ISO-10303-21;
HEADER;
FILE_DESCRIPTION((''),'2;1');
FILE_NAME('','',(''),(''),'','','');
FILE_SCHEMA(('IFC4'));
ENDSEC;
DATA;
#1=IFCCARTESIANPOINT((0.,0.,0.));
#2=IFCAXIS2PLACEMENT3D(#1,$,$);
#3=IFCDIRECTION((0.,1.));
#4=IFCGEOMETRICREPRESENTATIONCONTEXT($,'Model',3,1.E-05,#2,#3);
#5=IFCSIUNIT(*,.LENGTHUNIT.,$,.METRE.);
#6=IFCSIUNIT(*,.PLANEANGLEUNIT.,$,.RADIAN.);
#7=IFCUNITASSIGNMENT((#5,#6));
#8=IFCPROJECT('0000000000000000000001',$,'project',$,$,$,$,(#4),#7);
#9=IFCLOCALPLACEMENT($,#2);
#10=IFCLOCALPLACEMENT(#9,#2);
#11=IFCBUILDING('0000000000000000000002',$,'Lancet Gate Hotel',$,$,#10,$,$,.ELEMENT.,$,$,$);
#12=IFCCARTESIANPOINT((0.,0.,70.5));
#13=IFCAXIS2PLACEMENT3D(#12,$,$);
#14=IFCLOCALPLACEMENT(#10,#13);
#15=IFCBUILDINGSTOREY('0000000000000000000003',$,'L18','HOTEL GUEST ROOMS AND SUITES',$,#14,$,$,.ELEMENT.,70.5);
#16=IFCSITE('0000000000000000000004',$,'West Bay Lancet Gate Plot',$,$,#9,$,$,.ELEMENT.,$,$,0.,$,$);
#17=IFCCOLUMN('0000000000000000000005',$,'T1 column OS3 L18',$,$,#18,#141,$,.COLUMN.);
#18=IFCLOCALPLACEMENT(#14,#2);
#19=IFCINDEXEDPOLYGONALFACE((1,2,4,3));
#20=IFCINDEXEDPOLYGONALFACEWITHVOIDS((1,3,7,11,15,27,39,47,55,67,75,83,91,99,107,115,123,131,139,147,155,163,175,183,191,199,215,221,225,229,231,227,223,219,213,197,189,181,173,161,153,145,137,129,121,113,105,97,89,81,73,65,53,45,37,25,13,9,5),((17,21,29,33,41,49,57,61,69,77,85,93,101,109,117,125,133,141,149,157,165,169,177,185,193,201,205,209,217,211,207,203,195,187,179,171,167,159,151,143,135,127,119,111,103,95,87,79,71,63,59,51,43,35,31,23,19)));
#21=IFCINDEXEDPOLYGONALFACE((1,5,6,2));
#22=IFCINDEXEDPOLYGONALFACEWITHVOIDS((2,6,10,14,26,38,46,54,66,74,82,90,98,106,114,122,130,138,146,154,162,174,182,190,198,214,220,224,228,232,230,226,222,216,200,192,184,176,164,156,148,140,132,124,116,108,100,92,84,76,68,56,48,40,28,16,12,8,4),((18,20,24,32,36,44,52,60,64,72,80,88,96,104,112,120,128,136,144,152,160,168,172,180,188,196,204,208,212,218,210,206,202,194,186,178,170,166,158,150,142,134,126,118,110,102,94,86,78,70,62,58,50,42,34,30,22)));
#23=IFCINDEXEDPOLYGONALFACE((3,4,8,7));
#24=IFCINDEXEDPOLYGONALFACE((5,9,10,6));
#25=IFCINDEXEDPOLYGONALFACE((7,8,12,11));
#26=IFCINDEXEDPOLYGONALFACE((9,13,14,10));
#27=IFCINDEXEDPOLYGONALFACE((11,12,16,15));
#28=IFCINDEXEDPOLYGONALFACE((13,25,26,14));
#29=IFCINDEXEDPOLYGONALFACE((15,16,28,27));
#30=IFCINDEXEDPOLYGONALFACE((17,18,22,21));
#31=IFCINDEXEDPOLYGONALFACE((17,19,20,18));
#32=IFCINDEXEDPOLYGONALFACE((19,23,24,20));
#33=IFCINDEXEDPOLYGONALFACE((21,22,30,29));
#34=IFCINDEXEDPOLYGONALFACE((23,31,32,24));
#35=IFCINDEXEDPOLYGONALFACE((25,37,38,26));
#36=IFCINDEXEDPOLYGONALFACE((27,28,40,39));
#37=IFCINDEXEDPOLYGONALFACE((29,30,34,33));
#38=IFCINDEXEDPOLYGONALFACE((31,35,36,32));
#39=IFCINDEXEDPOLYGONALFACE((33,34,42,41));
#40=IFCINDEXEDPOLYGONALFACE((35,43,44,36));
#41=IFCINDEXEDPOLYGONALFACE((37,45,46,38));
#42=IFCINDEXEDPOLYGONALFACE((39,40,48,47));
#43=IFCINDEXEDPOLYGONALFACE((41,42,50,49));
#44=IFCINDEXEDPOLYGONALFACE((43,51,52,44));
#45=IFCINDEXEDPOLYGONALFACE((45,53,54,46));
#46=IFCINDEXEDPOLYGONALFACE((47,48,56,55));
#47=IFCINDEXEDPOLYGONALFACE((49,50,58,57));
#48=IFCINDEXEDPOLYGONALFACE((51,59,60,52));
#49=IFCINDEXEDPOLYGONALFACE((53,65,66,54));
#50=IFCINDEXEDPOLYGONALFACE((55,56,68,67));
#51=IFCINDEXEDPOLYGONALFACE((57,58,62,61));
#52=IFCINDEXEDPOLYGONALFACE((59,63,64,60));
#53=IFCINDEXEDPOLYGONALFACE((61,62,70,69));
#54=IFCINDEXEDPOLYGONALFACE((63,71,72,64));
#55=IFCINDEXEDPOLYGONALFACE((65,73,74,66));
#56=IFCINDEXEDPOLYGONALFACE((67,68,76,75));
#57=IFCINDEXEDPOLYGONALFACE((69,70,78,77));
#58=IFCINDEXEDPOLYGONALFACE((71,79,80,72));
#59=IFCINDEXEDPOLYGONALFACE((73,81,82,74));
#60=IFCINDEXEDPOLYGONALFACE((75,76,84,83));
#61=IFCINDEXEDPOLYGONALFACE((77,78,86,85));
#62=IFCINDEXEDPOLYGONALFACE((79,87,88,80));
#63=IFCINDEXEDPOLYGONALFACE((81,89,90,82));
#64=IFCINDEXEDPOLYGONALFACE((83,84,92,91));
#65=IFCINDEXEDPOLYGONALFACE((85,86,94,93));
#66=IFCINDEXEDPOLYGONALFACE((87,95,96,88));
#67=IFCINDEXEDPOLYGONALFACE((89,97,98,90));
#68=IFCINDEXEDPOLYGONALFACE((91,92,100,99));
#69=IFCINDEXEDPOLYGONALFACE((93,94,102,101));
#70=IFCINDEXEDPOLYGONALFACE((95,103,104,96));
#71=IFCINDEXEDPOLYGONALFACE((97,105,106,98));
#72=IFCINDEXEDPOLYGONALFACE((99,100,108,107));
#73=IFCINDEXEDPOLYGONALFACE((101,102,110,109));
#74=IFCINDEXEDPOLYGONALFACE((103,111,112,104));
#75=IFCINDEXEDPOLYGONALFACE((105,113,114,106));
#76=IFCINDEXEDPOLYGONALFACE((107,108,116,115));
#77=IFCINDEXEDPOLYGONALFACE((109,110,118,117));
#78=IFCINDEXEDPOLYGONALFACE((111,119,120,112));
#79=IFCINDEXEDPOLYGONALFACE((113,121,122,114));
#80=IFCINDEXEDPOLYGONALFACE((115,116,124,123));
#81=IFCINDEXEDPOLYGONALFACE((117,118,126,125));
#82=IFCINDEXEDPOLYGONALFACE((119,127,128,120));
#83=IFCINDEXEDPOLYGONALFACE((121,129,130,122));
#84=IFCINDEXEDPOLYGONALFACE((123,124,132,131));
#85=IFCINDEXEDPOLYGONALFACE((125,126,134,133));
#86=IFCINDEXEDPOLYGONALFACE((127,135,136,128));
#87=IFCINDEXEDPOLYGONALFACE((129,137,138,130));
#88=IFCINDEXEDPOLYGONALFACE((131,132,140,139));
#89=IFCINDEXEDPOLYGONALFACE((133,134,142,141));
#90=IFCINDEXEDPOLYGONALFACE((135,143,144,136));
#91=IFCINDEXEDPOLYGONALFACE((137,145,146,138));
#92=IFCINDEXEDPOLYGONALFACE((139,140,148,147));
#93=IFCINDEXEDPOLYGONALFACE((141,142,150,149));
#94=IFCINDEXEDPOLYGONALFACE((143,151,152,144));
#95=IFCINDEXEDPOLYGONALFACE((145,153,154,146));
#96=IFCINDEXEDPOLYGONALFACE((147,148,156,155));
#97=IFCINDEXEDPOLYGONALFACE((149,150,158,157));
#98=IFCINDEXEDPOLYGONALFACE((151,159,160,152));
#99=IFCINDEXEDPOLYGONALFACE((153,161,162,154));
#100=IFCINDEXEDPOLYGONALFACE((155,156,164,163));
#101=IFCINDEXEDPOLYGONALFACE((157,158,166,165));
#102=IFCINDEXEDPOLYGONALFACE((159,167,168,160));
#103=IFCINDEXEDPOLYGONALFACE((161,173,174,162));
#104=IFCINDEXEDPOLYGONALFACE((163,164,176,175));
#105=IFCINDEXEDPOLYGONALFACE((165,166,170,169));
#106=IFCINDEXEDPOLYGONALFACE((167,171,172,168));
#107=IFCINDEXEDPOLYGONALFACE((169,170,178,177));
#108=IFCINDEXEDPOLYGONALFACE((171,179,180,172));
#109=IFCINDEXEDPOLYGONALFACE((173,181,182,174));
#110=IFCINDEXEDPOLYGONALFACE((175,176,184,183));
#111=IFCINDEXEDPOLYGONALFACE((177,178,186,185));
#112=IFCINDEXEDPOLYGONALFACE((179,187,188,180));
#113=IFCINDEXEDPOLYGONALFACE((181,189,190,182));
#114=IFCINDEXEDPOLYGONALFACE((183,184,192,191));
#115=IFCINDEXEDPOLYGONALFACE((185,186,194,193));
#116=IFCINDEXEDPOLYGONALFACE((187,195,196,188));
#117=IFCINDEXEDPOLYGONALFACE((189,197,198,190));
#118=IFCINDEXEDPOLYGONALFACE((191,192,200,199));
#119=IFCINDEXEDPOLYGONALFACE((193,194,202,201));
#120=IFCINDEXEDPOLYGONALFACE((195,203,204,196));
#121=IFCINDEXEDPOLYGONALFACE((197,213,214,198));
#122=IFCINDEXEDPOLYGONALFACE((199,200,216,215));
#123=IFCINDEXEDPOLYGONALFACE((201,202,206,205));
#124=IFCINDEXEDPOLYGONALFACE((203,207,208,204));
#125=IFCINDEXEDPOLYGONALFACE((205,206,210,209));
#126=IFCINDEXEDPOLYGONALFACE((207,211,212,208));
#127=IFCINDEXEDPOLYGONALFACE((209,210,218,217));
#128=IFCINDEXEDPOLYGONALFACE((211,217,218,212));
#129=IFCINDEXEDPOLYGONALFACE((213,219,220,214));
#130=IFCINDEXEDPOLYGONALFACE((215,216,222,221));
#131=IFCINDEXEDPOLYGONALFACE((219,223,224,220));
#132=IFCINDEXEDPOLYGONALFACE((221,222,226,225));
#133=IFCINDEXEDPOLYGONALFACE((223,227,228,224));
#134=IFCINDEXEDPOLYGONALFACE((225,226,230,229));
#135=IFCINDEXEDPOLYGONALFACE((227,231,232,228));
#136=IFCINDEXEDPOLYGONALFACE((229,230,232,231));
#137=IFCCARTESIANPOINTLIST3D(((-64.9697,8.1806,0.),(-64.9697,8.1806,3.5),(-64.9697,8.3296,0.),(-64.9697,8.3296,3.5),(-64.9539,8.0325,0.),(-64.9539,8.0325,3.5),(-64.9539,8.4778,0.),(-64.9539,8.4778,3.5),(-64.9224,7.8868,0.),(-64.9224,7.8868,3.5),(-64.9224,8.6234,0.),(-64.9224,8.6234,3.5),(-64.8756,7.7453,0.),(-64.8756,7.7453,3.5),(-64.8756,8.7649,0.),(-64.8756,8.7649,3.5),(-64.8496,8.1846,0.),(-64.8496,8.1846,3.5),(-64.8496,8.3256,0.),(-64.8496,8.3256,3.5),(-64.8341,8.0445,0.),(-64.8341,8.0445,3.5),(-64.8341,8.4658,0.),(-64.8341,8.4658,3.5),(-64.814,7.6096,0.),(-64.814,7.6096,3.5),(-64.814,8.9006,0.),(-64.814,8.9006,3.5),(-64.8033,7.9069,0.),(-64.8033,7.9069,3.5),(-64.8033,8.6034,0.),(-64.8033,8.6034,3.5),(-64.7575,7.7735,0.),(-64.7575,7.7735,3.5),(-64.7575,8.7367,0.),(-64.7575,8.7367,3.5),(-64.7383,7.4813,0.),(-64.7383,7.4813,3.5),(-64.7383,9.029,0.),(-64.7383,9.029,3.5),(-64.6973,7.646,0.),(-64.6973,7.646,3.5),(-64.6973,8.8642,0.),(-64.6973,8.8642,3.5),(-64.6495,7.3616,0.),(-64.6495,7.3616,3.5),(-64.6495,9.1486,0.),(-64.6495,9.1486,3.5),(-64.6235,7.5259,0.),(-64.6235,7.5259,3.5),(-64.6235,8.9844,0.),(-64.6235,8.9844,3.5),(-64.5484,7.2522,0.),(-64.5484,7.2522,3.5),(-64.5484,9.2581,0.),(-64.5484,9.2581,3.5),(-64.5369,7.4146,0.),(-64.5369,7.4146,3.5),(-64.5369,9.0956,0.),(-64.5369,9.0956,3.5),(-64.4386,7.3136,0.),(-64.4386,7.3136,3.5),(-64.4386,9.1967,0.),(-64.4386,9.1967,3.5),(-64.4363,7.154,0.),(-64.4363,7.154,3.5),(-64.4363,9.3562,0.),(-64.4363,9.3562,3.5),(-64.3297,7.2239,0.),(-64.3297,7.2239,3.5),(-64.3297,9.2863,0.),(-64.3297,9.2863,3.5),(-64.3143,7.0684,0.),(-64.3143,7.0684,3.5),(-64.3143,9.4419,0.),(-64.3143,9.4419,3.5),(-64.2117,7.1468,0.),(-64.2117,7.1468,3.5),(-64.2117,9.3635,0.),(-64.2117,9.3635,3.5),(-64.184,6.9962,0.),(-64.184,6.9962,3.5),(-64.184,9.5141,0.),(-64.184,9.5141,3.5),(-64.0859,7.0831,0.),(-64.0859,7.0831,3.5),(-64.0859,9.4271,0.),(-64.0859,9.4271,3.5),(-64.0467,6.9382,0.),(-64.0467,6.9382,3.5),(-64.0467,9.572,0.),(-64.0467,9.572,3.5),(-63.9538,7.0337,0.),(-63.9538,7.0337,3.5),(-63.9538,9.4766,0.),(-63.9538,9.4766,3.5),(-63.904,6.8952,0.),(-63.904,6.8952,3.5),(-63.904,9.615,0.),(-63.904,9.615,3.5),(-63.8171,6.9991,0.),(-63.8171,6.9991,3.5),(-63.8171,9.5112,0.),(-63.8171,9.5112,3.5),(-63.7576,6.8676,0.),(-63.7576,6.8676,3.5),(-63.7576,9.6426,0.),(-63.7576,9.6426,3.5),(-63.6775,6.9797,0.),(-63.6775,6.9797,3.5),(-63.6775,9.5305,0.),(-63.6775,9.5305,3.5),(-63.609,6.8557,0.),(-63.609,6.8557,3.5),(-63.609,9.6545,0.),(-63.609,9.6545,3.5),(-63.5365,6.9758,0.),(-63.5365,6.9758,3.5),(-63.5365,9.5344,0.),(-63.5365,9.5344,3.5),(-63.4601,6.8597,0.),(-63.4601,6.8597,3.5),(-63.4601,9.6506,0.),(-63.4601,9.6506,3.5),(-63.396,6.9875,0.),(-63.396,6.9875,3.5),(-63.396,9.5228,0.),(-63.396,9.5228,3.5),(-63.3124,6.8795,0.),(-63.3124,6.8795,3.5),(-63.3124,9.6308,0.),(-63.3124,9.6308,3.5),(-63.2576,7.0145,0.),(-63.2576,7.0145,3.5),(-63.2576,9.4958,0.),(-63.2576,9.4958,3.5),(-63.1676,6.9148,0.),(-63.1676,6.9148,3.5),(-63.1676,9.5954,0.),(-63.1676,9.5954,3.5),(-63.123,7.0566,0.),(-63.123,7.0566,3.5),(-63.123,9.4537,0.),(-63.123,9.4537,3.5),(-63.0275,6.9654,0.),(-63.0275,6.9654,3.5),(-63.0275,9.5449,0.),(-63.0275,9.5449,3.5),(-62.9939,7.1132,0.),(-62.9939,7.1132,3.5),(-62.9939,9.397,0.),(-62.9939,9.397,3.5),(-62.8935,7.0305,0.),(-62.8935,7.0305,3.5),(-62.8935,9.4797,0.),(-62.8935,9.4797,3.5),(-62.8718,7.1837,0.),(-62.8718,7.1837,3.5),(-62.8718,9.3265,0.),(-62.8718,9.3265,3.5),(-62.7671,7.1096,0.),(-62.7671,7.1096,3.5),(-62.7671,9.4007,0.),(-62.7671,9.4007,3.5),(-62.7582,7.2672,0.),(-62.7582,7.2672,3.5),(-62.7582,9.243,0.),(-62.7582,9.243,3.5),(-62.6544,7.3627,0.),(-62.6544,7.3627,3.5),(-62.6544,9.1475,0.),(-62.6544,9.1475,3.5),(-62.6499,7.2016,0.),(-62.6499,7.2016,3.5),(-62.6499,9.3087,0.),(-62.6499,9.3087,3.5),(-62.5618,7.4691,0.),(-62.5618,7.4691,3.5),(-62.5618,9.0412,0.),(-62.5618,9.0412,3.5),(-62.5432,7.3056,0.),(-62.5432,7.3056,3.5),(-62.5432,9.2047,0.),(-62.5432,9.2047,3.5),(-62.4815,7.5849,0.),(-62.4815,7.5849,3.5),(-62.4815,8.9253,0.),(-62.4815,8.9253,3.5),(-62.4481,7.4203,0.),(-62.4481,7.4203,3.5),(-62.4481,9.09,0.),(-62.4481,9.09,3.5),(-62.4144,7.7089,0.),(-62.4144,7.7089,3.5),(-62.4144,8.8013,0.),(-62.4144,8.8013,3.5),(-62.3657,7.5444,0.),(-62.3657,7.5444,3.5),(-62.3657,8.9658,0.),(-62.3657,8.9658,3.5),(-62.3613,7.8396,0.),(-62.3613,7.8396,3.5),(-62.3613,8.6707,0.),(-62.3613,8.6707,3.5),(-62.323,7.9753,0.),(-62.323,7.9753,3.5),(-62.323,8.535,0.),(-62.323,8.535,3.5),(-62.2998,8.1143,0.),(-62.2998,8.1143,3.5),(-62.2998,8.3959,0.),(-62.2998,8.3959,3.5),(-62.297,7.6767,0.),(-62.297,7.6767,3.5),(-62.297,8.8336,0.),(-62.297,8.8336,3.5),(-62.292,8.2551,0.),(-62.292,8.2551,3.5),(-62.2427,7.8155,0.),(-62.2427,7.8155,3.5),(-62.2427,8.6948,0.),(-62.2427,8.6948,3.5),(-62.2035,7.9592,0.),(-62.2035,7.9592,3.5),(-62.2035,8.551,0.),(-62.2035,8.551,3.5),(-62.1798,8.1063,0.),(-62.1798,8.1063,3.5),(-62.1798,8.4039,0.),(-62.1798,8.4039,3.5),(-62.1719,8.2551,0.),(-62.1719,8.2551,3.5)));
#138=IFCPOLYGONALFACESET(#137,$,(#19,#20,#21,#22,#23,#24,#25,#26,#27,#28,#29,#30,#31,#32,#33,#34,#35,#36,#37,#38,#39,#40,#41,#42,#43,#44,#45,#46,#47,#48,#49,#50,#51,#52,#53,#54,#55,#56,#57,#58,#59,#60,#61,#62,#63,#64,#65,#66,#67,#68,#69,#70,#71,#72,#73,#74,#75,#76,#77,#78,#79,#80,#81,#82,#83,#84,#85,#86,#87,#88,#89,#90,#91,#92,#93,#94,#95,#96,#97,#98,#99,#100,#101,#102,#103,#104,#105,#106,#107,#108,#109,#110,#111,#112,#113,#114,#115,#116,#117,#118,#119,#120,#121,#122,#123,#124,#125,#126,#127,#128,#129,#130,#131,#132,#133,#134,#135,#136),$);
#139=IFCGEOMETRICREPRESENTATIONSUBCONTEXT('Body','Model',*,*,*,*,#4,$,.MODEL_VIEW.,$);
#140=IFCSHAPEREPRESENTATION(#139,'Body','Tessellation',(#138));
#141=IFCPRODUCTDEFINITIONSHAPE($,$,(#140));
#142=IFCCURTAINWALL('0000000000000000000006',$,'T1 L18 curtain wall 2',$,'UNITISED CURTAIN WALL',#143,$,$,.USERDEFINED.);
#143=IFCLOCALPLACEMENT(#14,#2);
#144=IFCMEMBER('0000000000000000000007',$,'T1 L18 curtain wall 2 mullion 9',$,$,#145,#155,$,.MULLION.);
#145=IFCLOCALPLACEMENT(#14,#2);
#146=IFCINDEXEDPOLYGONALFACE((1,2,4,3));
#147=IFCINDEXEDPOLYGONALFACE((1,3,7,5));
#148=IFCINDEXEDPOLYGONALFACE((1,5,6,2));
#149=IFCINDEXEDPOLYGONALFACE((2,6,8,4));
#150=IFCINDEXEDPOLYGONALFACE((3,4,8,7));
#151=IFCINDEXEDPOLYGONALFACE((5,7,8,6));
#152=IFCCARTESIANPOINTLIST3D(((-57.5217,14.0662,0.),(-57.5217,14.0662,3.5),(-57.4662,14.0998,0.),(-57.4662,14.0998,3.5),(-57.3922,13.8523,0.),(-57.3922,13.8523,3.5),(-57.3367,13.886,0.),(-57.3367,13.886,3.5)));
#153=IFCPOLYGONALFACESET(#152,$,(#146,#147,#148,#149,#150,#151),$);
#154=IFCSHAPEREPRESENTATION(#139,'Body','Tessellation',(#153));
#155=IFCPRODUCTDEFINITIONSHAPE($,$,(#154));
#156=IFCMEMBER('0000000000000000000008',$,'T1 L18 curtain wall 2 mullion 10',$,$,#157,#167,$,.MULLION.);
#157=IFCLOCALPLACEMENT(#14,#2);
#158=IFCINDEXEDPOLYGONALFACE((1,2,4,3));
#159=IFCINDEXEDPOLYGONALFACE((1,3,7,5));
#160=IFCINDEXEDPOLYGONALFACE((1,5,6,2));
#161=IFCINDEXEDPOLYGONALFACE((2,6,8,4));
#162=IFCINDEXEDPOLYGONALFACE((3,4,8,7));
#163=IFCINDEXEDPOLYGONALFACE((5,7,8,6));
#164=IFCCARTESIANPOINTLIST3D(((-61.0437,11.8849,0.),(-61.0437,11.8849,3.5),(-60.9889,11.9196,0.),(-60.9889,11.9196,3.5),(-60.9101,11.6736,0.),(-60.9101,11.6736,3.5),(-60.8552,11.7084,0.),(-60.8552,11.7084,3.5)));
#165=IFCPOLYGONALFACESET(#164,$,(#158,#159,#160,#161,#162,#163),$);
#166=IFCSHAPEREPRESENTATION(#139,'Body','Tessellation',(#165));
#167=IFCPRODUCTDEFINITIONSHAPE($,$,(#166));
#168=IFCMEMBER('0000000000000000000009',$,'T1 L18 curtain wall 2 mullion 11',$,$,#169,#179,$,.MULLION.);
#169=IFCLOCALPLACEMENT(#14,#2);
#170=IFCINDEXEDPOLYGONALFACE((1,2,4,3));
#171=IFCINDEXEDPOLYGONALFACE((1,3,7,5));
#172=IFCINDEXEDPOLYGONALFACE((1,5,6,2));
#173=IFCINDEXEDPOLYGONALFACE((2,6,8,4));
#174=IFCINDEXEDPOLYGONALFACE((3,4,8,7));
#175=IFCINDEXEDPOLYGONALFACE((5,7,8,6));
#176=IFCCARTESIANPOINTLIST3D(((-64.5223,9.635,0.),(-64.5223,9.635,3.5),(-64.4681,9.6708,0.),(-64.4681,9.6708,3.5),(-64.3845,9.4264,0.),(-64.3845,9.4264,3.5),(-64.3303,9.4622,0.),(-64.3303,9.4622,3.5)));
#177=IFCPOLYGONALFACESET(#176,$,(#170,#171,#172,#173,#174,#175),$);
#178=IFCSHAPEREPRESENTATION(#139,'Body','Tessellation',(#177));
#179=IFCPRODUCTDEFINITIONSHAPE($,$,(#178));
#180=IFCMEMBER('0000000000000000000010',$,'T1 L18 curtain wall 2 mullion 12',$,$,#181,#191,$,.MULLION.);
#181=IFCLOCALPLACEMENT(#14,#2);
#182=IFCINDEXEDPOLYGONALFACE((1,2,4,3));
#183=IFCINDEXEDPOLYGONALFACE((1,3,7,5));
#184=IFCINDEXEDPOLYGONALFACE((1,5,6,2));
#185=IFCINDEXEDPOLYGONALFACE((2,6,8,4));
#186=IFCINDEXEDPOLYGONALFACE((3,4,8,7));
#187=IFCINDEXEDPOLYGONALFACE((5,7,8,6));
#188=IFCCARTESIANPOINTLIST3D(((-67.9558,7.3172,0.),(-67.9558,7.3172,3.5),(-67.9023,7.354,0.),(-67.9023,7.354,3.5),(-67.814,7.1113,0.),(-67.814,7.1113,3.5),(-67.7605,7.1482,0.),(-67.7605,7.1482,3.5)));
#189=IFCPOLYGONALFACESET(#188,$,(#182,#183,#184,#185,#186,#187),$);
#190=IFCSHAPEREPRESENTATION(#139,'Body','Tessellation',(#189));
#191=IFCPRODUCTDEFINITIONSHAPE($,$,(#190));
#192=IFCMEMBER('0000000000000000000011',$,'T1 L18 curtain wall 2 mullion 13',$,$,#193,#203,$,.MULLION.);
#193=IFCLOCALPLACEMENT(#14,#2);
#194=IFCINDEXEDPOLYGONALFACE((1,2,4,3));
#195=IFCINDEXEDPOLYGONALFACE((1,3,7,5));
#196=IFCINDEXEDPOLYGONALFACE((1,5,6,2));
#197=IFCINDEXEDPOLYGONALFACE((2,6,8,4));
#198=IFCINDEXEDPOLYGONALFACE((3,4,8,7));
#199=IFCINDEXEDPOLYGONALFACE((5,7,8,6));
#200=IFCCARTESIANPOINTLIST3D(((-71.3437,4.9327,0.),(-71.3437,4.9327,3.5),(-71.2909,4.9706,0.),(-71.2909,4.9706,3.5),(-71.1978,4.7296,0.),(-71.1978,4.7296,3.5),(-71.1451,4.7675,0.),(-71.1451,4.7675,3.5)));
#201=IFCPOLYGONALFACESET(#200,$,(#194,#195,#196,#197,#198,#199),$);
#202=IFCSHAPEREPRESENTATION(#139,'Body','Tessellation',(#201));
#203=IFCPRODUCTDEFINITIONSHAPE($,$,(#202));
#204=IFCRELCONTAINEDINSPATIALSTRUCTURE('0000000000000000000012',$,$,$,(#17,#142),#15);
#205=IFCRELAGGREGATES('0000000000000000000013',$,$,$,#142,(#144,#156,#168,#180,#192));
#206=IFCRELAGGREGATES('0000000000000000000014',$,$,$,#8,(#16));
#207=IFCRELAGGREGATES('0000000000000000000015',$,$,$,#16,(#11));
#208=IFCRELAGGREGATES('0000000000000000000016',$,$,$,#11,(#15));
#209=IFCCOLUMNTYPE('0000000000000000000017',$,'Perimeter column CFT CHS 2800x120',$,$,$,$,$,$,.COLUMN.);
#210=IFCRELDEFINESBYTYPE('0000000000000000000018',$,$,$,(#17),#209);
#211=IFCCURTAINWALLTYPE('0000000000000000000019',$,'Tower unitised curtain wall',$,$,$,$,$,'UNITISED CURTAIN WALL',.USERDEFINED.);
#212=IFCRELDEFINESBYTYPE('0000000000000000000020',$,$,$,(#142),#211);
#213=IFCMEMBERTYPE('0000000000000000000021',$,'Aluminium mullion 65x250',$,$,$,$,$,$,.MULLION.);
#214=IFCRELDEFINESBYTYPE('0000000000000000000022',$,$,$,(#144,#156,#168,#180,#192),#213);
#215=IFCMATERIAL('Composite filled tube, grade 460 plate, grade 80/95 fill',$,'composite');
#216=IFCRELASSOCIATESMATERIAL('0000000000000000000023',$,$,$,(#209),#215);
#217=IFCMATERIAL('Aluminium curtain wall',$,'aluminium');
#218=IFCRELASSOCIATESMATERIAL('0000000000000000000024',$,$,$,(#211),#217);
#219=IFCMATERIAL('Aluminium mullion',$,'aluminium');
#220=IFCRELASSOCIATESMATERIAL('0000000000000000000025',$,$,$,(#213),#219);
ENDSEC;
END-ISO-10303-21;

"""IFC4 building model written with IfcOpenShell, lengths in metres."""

from ifc_helpers import new_model, si_unit, direction, frame, origin, origin_2d, place, context, subcontext, project, spatial, rectangle, hollow_circle, extrude, material, material_profile, profile_set, type_object, element, aggregate, save


model = new_model("IFC4")

# Units and contexts
model_context = context("Model", 3, precision=1e-05, world=origin(), true_north=direction((0.0, 1.0)))
body_context = subcontext(model_context, "Body", "Model", "MODEL_VIEW")
ifc_project = project(units=[si_unit("LENGTHUNIT", "METRE"), si_unit("PLANEANGLEUNIT", "RADIAN")], contexts=[model_context])

# Site, building, storey
site_placement = place(None, origin())
site = spatial("IfcSite", under=ifc_project, at=site_placement, Name="West Bay Lancet Gate Plot", CompositionType="ELEMENT", RefElevation=0.0)
building_placement = place(site_placement, origin())
building = spatial("IfcBuilding", under=site, at=building_placement, Name="Lancet Gate Hotel", CompositionType="ELEMENT")
storey_placement = place(building_placement, frame((0.0, 0.0, 70.5)))
storey = spatial("IfcBuildingStorey", under=building, at=storey_placement, Name="L18", Description="HOTEL GUEST ROOMS AND SUITES", CompositionType="ELEMENT", Elevation=70.5)

# Column
ifc_material_1 = material(Name="Composite filled tube, grade 460 plate, grade 80/95 fill", Category="composite")
ifc_material_profile_1 = material_profile(ifc_material_1, hollow_circle(Radius=1.3999, WallThickness=0.1201, at=origin_2d()), Name="CHS 2800x120")
ifc_profile_set_1 = profile_set([ifc_material_profile_1], Name="Composite filled tube, grade 460 plate, grade 80/95 fill")
column_type_1 = type_object("IfcColumnType", Name="Perimeter column CFT CHS 2800x120", PredefinedType="COLUMN", material=ifc_profile_set_1)
column_1_placement = place(storey_placement, frame((-63.5718, 8.2551, 0.0), z_axis=(0.0, 0.0, 1.0), x_axis=(1.0, 0.0, 0.0)))
element("IfcColumn", 1, at=column_1_placement, inside=storey, type_object=column_type_1, Name="T1 column OS3 L18", PredefinedType="COLUMN", context=body_context, shape_type="SweptSolid", body=[
    extrude(hollow_circle(Radius=1.3999, WallThickness=0.1201, at=origin_2d()), origin(), (0.0, 0.0, 1.0), 3.5),
])

# Curtain wall, members
ifc_material_2 = material(Name="Aluminium curtain wall", Category="aluminium")
curtain_wall_type = type_object("IfcCurtainWallType", Name="Tower unitised curtain wall", ElementType="UNITISED CURTAIN WALL", PredefinedType="USERDEFINED", material=ifc_material_2)
curtain_wall_placement = place(storey_placement, origin())
curtain_wall = element("IfcCurtainWall", 2, at=curtain_wall_placement, inside=storey, type_object=curtain_wall_type, Name="T1 L18 curtain wall 2", ObjectType="UNITISED CURTAIN WALL", PredefinedType="USERDEFINED")
ifc_material_3 = material(Name="Aluminium mullion", Category="aluminium")
ifc_material_profile_2 = material_profile(ifc_material_3, rectangle(XDim=0.0649, YDim=0.25, at=origin_2d()), Name="MULLION 65x250")
ifc_profile_set_2 = profile_set([ifc_material_profile_2], Name="Aluminium mullion")
member_type_1 = type_object("IfcMemberType", Name="Aluminium mullion 65x250", PredefinedType="MULLION", material=ifc_profile_set_2)
member_1_placement = place(storey_placement, frame((-57.4292, 13.9761, 0.0), z_axis=(0.0, 0.0, 1.0), x_axis=(-0.855346, -0.518057, 0.0)))
member_1 = element("IfcMember", 3, at=member_1_placement, type_object=member_type_1, Name="T1 L18 curtain wall 2 mullion 9", PredefinedType="MULLION", context=body_context, shape_type="SweptSolid", body=[
    extrude(rectangle(XDim=0.0649, YDim=0.25, at=origin_2d()), origin(), (0.0, 0.0, 1.0), 3.5),
])
member_2_placement = place(storey_placement, frame((-60.9495, 11.7966, 0.0), z_axis=(0.0, 0.0, 1.0), x_axis=(-0.845029, -0.53472, 0.0)))
member_2 = element("IfcMember", 4, at=member_2_placement, type_object=member_type_1, Name="T1 L18 curtain wall 2 mullion 10", PredefinedType="MULLION", context=body_context, shape_type="SweptSolid", body=[
    extrude(rectangle(XDim=0.0649, YDim=0.25, at=origin_2d()), origin(), (0.0, 0.0, 1.0), 3.5),
])
member_3_placement = place(storey_placement, frame((-64.4263, 9.5486, 0.0), z_axis=(0.0, 0.0, 1.0), x_axis=(-0.834387, -0.551178, 0.0)))
member_3 = element("IfcMember", 5, at=member_3_placement, type_object=member_type_1, Name="T1 L18 curtain wall 2 mullion 11", PredefinedType="MULLION", context=body_context, shape_type="SweptSolid", body=[
    extrude(rectangle(XDim=0.0649, YDim=0.25, at=origin_2d()), origin(), (0.0, 0.0, 1.0), 3.5),
])
member_4_placement = place(storey_placement, frame((-67.8582, 7.2327, 0.0), z_axis=(0.0, 0.0, 1.0), x_axis=(-0.823425, -0.567425, 0.0)))
member_4 = element("IfcMember", 6, at=member_4_placement, type_object=member_type_1, Name="T1 L18 curtain wall 2 mullion 12", PredefinedType="MULLION", context=body_context, shape_type="SweptSolid", body=[
    extrude(rectangle(XDim=0.0649, YDim=0.25, at=origin_2d()), origin(), (0.0, 0.0, 1.0), 3.5),
])
member_5_placement = place(storey_placement, frame((-71.2444, 4.8501, 0.0), z_axis=(0.0, 0.0, 1.0), x_axis=(-0.812147, -0.583453, 0.0)))
member_5 = element("IfcMember", 7, at=member_5_placement, type_object=member_type_1, Name="T1 L18 curtain wall 2 mullion 13", PredefinedType="MULLION", context=body_context, shape_type="SweptSolid", body=[
    extrude(rectangle(XDim=0.0649, YDim=0.25, at=origin_2d()), origin(), (0.0, 0.0, 1.0), 3.5),
])

aggregate(curtain_wall, [member_1, member_2, member_3, member_4, member_5])

save(model, "model.ifc")
